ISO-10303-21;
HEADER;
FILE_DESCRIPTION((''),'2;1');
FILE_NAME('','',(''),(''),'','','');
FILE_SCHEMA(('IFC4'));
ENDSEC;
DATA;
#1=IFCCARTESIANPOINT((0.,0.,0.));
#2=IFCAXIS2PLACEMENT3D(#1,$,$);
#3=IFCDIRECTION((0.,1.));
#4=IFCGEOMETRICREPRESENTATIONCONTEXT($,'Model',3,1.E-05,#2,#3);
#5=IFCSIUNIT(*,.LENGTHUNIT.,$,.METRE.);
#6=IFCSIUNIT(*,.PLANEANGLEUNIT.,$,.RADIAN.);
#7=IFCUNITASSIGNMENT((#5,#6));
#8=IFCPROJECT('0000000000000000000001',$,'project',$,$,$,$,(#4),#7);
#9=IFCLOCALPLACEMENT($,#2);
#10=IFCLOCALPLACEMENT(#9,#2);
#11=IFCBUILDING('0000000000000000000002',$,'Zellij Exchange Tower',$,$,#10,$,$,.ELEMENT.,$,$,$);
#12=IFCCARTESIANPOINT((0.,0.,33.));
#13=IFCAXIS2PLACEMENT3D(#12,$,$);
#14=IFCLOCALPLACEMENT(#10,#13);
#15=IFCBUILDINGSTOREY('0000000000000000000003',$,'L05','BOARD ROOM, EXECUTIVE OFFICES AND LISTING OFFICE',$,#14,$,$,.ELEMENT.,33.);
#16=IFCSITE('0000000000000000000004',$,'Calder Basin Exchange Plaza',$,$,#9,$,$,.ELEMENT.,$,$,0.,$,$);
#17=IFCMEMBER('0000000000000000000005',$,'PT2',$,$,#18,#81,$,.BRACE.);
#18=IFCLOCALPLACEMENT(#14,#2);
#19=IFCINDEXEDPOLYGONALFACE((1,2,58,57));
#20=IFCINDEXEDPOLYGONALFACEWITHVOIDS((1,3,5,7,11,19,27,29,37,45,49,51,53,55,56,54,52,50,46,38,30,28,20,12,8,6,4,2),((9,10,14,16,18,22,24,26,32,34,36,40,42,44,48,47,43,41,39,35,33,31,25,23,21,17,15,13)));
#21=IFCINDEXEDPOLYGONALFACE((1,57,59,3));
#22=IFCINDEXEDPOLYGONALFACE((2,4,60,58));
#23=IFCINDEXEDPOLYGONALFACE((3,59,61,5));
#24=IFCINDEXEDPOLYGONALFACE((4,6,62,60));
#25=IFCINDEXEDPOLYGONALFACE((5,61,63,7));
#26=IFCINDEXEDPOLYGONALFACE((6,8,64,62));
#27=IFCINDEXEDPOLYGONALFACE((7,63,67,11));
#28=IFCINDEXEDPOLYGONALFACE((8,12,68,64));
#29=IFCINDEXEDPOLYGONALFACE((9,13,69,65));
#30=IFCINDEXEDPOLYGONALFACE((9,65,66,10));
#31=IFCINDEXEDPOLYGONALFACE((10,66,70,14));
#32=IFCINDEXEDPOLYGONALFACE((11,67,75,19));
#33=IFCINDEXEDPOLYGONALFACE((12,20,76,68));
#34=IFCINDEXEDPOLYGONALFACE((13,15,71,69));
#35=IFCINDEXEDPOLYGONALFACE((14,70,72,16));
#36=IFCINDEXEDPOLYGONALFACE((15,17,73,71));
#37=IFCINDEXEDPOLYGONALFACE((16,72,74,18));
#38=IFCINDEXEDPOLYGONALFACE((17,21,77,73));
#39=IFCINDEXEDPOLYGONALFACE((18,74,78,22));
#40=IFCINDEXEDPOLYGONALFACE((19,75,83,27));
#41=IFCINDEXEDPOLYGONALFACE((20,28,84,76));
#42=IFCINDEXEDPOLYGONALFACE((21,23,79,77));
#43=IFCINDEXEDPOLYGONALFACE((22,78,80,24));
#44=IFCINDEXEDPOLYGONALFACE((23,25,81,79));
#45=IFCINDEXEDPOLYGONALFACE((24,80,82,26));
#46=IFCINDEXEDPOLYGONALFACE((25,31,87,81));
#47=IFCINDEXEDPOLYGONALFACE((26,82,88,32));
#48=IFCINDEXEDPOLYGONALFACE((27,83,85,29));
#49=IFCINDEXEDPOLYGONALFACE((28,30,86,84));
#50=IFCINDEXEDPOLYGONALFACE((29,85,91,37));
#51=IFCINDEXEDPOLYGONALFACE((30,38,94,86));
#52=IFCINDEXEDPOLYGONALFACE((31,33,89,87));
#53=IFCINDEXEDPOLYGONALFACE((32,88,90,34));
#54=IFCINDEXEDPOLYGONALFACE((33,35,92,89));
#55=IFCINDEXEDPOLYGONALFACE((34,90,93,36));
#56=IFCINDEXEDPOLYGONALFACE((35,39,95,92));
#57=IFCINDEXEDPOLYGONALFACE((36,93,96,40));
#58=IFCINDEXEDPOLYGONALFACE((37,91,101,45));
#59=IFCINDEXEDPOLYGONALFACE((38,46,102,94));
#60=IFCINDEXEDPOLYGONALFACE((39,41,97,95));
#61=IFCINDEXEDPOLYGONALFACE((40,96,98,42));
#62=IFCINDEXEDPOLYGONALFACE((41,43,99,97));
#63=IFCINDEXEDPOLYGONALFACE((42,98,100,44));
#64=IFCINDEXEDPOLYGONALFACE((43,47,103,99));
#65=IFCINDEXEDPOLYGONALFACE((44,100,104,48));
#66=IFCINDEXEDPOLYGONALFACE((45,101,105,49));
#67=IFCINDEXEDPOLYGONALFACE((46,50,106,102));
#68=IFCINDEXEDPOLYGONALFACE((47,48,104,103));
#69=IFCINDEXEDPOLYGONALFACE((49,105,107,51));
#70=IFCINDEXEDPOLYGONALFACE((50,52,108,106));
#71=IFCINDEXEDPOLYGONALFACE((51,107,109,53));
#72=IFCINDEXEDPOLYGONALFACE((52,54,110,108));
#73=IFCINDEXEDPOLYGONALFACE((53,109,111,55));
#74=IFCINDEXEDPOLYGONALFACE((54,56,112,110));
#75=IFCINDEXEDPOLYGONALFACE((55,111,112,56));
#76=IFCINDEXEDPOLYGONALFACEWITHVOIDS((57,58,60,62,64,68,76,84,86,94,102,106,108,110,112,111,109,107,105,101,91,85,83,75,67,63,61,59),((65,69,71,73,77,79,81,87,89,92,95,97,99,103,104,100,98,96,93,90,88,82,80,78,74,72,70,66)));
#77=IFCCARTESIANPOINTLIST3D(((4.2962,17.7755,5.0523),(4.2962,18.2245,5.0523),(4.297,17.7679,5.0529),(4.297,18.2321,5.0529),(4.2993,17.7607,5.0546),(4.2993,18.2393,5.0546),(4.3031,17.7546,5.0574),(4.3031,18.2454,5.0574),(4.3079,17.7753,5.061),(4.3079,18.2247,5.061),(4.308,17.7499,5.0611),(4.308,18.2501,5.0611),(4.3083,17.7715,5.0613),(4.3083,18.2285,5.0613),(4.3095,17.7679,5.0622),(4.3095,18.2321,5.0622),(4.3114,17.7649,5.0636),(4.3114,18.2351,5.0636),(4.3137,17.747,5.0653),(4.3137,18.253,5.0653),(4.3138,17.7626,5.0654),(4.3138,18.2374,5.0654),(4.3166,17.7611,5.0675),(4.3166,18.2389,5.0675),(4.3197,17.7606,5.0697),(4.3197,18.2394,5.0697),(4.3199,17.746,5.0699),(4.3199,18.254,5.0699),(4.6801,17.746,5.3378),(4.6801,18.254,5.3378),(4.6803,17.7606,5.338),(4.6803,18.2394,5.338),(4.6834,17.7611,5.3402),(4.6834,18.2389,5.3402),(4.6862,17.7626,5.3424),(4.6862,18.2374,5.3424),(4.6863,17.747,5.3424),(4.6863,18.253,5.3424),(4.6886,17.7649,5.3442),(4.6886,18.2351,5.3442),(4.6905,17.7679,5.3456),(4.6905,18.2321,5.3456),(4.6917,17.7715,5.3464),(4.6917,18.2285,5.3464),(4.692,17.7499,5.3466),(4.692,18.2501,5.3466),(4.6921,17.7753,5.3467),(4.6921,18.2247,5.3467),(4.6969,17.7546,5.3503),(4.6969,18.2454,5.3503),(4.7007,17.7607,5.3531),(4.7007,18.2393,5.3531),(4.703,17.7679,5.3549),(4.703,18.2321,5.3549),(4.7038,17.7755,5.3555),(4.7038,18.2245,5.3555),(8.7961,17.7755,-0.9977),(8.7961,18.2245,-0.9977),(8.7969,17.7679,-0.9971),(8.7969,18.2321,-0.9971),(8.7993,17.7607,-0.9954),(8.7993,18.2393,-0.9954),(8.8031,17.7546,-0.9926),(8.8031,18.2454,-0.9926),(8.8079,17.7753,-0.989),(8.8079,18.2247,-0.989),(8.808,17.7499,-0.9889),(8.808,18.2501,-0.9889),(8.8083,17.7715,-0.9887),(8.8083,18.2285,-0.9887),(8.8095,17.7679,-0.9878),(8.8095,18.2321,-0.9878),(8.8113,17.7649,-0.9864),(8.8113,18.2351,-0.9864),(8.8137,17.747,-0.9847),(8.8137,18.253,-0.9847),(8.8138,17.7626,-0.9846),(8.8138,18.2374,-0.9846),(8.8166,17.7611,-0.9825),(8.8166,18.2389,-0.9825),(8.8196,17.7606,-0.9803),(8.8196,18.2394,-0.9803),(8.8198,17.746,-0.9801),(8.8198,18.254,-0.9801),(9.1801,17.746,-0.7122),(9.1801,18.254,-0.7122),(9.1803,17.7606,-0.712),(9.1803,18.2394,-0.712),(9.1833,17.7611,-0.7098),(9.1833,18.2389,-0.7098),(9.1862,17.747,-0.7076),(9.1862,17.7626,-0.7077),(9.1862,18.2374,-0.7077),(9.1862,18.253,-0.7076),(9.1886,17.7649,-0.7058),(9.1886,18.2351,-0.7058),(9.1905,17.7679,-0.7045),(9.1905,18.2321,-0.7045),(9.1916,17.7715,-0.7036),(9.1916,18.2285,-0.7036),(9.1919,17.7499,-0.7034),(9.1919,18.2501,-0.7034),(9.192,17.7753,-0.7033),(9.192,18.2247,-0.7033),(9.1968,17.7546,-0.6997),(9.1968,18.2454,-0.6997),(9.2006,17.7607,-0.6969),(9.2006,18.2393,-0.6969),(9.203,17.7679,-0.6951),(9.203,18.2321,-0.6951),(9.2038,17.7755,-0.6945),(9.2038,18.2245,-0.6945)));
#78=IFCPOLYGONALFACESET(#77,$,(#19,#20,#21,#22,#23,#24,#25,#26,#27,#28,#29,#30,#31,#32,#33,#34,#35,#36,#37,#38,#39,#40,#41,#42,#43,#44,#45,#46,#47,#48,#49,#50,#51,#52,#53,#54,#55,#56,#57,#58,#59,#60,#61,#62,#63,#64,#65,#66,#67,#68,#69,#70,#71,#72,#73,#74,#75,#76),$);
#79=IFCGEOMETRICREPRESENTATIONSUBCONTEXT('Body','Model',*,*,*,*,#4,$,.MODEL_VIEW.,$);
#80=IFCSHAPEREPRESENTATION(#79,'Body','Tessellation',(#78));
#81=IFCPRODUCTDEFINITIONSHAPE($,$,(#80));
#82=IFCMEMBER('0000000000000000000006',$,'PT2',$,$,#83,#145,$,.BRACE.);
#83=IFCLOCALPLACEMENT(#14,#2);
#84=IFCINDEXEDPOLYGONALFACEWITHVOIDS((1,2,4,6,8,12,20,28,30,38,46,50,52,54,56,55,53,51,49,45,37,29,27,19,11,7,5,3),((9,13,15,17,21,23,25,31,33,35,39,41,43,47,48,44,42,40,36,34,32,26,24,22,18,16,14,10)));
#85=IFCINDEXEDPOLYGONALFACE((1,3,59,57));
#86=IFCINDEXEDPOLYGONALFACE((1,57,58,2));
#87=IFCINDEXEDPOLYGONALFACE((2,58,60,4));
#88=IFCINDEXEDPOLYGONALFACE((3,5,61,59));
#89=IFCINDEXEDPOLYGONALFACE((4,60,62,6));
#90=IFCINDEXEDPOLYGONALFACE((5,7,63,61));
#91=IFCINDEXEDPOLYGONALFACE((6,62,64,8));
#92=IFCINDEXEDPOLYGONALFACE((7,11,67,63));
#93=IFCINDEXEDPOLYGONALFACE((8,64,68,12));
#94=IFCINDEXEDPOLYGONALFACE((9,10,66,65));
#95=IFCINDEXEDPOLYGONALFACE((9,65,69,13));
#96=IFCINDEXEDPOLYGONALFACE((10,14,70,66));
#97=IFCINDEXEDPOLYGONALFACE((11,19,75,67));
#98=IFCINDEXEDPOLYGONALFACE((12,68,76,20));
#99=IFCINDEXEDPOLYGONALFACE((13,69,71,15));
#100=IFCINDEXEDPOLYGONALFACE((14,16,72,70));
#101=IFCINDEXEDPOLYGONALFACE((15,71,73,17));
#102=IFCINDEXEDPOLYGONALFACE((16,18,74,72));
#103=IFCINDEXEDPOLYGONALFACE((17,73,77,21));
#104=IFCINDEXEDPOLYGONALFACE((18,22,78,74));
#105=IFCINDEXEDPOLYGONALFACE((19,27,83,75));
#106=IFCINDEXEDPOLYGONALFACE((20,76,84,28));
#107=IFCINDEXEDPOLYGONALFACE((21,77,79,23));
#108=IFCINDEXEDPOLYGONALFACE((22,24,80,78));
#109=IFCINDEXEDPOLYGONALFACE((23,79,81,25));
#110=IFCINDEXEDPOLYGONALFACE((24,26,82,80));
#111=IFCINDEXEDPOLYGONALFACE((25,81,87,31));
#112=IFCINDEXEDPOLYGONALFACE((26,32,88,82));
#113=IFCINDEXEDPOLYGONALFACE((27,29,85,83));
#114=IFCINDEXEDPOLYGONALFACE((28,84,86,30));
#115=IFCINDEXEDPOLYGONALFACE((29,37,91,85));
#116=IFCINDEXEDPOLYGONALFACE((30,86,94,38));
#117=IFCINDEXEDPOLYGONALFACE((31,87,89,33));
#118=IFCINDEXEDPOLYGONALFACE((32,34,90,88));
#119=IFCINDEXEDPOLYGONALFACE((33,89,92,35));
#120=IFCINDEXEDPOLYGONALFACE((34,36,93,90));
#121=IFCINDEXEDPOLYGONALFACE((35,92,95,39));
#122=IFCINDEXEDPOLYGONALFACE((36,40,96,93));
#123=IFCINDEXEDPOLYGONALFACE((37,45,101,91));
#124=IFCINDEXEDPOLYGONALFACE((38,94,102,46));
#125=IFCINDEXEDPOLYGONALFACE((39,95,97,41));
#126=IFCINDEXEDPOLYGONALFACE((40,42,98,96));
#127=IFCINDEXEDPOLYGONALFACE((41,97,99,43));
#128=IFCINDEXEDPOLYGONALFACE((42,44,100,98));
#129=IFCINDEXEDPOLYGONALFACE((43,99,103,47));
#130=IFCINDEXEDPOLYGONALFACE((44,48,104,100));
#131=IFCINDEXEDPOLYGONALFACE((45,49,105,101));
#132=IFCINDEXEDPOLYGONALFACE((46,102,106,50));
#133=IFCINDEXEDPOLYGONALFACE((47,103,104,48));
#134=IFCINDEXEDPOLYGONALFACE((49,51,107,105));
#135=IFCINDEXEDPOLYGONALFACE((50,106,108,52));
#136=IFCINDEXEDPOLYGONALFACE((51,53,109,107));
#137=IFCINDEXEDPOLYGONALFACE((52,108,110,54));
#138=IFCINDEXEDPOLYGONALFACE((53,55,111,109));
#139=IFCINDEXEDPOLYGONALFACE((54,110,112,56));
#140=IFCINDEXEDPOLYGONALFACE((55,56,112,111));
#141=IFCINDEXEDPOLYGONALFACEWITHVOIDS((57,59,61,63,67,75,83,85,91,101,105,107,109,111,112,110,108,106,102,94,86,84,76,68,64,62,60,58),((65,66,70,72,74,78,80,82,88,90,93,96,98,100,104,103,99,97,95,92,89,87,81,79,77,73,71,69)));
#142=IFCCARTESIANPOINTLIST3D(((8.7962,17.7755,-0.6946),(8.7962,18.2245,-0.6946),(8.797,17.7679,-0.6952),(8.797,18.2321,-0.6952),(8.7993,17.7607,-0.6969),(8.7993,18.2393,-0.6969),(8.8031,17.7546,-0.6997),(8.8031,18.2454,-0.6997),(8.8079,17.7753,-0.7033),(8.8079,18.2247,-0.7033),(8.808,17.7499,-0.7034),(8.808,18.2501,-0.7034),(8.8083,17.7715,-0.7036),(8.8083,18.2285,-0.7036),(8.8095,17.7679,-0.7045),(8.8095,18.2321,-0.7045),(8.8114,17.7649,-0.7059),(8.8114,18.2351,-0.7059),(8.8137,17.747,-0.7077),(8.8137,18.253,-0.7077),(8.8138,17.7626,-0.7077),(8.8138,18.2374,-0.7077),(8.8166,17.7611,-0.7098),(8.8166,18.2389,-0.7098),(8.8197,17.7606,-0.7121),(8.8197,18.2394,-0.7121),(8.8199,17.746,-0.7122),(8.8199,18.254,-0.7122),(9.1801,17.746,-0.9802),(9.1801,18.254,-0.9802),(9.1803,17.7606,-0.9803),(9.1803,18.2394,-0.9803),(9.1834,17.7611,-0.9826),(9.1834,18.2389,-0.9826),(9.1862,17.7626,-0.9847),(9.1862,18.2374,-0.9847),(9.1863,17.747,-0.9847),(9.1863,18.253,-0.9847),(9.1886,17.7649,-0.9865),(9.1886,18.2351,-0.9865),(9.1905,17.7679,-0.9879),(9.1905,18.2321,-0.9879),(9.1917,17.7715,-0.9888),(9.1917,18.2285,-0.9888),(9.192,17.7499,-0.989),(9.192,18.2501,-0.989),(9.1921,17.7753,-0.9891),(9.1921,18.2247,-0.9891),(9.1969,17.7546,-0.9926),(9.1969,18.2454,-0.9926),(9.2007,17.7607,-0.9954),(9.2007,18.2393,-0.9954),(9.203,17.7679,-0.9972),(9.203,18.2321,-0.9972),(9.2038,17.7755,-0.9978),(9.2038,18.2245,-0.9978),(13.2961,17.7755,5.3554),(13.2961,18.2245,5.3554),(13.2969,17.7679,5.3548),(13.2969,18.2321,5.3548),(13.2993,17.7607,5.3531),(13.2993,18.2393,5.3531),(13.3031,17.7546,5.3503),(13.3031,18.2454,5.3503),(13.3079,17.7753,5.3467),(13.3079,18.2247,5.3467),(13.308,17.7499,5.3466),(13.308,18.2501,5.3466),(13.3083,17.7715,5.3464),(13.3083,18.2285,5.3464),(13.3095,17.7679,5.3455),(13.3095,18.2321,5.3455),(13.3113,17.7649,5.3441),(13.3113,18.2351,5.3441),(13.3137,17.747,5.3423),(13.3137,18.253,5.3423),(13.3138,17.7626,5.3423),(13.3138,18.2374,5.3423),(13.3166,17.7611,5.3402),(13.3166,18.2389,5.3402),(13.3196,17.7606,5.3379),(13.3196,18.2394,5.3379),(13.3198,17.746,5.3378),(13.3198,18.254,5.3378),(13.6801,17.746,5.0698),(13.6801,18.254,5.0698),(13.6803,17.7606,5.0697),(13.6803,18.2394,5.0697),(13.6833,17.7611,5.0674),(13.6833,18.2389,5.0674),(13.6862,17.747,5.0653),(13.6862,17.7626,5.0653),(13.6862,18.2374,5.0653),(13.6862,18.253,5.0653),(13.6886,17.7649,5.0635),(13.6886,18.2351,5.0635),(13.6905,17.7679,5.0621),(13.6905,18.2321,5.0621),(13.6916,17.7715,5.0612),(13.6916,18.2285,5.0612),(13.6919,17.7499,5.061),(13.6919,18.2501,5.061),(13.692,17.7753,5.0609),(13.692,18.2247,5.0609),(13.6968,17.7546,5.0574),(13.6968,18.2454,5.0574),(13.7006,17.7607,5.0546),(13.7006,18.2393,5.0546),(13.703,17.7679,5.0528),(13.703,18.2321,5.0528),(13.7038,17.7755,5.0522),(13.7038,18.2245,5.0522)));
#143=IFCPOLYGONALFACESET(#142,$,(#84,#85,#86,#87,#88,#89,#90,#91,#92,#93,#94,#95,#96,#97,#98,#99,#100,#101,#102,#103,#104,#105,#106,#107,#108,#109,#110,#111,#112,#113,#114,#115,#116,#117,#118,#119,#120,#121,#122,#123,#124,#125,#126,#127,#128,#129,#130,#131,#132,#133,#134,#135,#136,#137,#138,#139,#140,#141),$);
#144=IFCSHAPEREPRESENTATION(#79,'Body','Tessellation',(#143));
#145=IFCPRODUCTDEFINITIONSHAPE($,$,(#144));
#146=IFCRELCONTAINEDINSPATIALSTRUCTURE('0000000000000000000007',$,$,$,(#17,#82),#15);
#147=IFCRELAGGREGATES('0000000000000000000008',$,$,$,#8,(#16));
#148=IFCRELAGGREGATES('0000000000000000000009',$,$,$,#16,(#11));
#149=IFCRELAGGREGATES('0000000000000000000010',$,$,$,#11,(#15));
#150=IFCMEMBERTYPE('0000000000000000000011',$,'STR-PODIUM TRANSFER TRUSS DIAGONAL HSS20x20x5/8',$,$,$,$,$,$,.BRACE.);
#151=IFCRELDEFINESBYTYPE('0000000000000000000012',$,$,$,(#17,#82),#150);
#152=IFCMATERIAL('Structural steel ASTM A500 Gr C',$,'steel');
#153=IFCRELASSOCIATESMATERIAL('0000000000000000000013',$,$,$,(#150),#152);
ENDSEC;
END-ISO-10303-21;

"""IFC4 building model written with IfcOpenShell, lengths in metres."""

from ifc_helpers import new_model, si_unit, direction, frame, origin, origin_2d, place, context, subcontext, project, spatial, hollow_rectangle, extrude, material, material_profile, profile_set, type_object, element, save


model = new_model("IFC4")

# Units and contexts
model_context = context("Model", 3, precision=1e-05, world=origin(), true_north=direction((0.0, 1.0)))
body_context = subcontext(model_context, "Body", "Model", "MODEL_VIEW")
ifc_project = project(units=[si_unit("LENGTHUNIT", "METRE"), si_unit("PLANEANGLEUNIT", "RADIAN")], contexts=[model_context])

# Site, building, storey
site_placement = place(None, origin())
site = spatial("IfcSite", under=ifc_project, at=site_placement, Name="Calder Basin Exchange Plaza", CompositionType="ELEMENT", RefElevation=0.0)
building_placement = place(site_placement, origin())
building = spatial("IfcBuilding", under=site, at=building_placement, Name="Zellij Exchange Tower", CompositionType="ELEMENT")
storey_placement = place(building_placement, frame((0.0, 0.0, 33.0)))
storey = spatial("IfcBuildingStorey", under=building, at=storey_placement, Name="L05", Description="BOARD ROOM, EXECUTIVE OFFICES AND LISTING OFFICE", CompositionType="ELEMENT", Elevation=33.0)

# Members
ifc_material_1 = material(Name="Structural steel ASTM A500 Gr C", Category="steel")
ifc_material_profile_1 = material_profile(ifc_material_1, hollow_rectangle(XDim=0.5081, YDim=0.5081, WallThickness=0.0146, InnerFilletRadius=0.0146, OuterFilletRadius=0.0295, at=origin_2d()), Name="STR-PODIUM TRANSFER TRUSS DIAGONAL HSS20x20x5/8")
ifc_profile_set_1 = profile_set([ifc_material_profile_1], Name="Structural steel ASTM A500 Gr C")
member_type_1 = type_object("IfcMemberType", Name="STR-PODIUM TRANSFER TRUSS DIAGONAL HSS20x20x5/8", PredefinedType="BRACE", material=ifc_profile_set_1)
for number, where, z_axis, x_axis, name in (
    (1, (4.5, 18.0, 5.2039), (0.596809, 0.0, -0.802383), (0.0, 1.0, 0.0), "PT2"),
    (2, (9.0, 18.0, -0.8462), (0.596809, 0.0, 0.802383), (0.0, 1.0, 0.0), "PT2"),
):
    element("IfcMember", number, at=place(storey_placement, frame(where, z_axis=z_axis, x_axis=x_axis)), inside=storey, type_object=member_type_1, Name=name, PredefinedType="BRACE", context=body_context, shape_type="SweptSolid", body=[
        extrude(hollow_rectangle(XDim=0.5081, YDim=0.5081, WallThickness=0.0146, InnerFilletRadius=0.0146, OuterFilletRadius=0.0295, at=origin_2d()), origin(), (0.0, 0.0, 1.0), 7.54),
    ])

save(model, "model.ifc")
